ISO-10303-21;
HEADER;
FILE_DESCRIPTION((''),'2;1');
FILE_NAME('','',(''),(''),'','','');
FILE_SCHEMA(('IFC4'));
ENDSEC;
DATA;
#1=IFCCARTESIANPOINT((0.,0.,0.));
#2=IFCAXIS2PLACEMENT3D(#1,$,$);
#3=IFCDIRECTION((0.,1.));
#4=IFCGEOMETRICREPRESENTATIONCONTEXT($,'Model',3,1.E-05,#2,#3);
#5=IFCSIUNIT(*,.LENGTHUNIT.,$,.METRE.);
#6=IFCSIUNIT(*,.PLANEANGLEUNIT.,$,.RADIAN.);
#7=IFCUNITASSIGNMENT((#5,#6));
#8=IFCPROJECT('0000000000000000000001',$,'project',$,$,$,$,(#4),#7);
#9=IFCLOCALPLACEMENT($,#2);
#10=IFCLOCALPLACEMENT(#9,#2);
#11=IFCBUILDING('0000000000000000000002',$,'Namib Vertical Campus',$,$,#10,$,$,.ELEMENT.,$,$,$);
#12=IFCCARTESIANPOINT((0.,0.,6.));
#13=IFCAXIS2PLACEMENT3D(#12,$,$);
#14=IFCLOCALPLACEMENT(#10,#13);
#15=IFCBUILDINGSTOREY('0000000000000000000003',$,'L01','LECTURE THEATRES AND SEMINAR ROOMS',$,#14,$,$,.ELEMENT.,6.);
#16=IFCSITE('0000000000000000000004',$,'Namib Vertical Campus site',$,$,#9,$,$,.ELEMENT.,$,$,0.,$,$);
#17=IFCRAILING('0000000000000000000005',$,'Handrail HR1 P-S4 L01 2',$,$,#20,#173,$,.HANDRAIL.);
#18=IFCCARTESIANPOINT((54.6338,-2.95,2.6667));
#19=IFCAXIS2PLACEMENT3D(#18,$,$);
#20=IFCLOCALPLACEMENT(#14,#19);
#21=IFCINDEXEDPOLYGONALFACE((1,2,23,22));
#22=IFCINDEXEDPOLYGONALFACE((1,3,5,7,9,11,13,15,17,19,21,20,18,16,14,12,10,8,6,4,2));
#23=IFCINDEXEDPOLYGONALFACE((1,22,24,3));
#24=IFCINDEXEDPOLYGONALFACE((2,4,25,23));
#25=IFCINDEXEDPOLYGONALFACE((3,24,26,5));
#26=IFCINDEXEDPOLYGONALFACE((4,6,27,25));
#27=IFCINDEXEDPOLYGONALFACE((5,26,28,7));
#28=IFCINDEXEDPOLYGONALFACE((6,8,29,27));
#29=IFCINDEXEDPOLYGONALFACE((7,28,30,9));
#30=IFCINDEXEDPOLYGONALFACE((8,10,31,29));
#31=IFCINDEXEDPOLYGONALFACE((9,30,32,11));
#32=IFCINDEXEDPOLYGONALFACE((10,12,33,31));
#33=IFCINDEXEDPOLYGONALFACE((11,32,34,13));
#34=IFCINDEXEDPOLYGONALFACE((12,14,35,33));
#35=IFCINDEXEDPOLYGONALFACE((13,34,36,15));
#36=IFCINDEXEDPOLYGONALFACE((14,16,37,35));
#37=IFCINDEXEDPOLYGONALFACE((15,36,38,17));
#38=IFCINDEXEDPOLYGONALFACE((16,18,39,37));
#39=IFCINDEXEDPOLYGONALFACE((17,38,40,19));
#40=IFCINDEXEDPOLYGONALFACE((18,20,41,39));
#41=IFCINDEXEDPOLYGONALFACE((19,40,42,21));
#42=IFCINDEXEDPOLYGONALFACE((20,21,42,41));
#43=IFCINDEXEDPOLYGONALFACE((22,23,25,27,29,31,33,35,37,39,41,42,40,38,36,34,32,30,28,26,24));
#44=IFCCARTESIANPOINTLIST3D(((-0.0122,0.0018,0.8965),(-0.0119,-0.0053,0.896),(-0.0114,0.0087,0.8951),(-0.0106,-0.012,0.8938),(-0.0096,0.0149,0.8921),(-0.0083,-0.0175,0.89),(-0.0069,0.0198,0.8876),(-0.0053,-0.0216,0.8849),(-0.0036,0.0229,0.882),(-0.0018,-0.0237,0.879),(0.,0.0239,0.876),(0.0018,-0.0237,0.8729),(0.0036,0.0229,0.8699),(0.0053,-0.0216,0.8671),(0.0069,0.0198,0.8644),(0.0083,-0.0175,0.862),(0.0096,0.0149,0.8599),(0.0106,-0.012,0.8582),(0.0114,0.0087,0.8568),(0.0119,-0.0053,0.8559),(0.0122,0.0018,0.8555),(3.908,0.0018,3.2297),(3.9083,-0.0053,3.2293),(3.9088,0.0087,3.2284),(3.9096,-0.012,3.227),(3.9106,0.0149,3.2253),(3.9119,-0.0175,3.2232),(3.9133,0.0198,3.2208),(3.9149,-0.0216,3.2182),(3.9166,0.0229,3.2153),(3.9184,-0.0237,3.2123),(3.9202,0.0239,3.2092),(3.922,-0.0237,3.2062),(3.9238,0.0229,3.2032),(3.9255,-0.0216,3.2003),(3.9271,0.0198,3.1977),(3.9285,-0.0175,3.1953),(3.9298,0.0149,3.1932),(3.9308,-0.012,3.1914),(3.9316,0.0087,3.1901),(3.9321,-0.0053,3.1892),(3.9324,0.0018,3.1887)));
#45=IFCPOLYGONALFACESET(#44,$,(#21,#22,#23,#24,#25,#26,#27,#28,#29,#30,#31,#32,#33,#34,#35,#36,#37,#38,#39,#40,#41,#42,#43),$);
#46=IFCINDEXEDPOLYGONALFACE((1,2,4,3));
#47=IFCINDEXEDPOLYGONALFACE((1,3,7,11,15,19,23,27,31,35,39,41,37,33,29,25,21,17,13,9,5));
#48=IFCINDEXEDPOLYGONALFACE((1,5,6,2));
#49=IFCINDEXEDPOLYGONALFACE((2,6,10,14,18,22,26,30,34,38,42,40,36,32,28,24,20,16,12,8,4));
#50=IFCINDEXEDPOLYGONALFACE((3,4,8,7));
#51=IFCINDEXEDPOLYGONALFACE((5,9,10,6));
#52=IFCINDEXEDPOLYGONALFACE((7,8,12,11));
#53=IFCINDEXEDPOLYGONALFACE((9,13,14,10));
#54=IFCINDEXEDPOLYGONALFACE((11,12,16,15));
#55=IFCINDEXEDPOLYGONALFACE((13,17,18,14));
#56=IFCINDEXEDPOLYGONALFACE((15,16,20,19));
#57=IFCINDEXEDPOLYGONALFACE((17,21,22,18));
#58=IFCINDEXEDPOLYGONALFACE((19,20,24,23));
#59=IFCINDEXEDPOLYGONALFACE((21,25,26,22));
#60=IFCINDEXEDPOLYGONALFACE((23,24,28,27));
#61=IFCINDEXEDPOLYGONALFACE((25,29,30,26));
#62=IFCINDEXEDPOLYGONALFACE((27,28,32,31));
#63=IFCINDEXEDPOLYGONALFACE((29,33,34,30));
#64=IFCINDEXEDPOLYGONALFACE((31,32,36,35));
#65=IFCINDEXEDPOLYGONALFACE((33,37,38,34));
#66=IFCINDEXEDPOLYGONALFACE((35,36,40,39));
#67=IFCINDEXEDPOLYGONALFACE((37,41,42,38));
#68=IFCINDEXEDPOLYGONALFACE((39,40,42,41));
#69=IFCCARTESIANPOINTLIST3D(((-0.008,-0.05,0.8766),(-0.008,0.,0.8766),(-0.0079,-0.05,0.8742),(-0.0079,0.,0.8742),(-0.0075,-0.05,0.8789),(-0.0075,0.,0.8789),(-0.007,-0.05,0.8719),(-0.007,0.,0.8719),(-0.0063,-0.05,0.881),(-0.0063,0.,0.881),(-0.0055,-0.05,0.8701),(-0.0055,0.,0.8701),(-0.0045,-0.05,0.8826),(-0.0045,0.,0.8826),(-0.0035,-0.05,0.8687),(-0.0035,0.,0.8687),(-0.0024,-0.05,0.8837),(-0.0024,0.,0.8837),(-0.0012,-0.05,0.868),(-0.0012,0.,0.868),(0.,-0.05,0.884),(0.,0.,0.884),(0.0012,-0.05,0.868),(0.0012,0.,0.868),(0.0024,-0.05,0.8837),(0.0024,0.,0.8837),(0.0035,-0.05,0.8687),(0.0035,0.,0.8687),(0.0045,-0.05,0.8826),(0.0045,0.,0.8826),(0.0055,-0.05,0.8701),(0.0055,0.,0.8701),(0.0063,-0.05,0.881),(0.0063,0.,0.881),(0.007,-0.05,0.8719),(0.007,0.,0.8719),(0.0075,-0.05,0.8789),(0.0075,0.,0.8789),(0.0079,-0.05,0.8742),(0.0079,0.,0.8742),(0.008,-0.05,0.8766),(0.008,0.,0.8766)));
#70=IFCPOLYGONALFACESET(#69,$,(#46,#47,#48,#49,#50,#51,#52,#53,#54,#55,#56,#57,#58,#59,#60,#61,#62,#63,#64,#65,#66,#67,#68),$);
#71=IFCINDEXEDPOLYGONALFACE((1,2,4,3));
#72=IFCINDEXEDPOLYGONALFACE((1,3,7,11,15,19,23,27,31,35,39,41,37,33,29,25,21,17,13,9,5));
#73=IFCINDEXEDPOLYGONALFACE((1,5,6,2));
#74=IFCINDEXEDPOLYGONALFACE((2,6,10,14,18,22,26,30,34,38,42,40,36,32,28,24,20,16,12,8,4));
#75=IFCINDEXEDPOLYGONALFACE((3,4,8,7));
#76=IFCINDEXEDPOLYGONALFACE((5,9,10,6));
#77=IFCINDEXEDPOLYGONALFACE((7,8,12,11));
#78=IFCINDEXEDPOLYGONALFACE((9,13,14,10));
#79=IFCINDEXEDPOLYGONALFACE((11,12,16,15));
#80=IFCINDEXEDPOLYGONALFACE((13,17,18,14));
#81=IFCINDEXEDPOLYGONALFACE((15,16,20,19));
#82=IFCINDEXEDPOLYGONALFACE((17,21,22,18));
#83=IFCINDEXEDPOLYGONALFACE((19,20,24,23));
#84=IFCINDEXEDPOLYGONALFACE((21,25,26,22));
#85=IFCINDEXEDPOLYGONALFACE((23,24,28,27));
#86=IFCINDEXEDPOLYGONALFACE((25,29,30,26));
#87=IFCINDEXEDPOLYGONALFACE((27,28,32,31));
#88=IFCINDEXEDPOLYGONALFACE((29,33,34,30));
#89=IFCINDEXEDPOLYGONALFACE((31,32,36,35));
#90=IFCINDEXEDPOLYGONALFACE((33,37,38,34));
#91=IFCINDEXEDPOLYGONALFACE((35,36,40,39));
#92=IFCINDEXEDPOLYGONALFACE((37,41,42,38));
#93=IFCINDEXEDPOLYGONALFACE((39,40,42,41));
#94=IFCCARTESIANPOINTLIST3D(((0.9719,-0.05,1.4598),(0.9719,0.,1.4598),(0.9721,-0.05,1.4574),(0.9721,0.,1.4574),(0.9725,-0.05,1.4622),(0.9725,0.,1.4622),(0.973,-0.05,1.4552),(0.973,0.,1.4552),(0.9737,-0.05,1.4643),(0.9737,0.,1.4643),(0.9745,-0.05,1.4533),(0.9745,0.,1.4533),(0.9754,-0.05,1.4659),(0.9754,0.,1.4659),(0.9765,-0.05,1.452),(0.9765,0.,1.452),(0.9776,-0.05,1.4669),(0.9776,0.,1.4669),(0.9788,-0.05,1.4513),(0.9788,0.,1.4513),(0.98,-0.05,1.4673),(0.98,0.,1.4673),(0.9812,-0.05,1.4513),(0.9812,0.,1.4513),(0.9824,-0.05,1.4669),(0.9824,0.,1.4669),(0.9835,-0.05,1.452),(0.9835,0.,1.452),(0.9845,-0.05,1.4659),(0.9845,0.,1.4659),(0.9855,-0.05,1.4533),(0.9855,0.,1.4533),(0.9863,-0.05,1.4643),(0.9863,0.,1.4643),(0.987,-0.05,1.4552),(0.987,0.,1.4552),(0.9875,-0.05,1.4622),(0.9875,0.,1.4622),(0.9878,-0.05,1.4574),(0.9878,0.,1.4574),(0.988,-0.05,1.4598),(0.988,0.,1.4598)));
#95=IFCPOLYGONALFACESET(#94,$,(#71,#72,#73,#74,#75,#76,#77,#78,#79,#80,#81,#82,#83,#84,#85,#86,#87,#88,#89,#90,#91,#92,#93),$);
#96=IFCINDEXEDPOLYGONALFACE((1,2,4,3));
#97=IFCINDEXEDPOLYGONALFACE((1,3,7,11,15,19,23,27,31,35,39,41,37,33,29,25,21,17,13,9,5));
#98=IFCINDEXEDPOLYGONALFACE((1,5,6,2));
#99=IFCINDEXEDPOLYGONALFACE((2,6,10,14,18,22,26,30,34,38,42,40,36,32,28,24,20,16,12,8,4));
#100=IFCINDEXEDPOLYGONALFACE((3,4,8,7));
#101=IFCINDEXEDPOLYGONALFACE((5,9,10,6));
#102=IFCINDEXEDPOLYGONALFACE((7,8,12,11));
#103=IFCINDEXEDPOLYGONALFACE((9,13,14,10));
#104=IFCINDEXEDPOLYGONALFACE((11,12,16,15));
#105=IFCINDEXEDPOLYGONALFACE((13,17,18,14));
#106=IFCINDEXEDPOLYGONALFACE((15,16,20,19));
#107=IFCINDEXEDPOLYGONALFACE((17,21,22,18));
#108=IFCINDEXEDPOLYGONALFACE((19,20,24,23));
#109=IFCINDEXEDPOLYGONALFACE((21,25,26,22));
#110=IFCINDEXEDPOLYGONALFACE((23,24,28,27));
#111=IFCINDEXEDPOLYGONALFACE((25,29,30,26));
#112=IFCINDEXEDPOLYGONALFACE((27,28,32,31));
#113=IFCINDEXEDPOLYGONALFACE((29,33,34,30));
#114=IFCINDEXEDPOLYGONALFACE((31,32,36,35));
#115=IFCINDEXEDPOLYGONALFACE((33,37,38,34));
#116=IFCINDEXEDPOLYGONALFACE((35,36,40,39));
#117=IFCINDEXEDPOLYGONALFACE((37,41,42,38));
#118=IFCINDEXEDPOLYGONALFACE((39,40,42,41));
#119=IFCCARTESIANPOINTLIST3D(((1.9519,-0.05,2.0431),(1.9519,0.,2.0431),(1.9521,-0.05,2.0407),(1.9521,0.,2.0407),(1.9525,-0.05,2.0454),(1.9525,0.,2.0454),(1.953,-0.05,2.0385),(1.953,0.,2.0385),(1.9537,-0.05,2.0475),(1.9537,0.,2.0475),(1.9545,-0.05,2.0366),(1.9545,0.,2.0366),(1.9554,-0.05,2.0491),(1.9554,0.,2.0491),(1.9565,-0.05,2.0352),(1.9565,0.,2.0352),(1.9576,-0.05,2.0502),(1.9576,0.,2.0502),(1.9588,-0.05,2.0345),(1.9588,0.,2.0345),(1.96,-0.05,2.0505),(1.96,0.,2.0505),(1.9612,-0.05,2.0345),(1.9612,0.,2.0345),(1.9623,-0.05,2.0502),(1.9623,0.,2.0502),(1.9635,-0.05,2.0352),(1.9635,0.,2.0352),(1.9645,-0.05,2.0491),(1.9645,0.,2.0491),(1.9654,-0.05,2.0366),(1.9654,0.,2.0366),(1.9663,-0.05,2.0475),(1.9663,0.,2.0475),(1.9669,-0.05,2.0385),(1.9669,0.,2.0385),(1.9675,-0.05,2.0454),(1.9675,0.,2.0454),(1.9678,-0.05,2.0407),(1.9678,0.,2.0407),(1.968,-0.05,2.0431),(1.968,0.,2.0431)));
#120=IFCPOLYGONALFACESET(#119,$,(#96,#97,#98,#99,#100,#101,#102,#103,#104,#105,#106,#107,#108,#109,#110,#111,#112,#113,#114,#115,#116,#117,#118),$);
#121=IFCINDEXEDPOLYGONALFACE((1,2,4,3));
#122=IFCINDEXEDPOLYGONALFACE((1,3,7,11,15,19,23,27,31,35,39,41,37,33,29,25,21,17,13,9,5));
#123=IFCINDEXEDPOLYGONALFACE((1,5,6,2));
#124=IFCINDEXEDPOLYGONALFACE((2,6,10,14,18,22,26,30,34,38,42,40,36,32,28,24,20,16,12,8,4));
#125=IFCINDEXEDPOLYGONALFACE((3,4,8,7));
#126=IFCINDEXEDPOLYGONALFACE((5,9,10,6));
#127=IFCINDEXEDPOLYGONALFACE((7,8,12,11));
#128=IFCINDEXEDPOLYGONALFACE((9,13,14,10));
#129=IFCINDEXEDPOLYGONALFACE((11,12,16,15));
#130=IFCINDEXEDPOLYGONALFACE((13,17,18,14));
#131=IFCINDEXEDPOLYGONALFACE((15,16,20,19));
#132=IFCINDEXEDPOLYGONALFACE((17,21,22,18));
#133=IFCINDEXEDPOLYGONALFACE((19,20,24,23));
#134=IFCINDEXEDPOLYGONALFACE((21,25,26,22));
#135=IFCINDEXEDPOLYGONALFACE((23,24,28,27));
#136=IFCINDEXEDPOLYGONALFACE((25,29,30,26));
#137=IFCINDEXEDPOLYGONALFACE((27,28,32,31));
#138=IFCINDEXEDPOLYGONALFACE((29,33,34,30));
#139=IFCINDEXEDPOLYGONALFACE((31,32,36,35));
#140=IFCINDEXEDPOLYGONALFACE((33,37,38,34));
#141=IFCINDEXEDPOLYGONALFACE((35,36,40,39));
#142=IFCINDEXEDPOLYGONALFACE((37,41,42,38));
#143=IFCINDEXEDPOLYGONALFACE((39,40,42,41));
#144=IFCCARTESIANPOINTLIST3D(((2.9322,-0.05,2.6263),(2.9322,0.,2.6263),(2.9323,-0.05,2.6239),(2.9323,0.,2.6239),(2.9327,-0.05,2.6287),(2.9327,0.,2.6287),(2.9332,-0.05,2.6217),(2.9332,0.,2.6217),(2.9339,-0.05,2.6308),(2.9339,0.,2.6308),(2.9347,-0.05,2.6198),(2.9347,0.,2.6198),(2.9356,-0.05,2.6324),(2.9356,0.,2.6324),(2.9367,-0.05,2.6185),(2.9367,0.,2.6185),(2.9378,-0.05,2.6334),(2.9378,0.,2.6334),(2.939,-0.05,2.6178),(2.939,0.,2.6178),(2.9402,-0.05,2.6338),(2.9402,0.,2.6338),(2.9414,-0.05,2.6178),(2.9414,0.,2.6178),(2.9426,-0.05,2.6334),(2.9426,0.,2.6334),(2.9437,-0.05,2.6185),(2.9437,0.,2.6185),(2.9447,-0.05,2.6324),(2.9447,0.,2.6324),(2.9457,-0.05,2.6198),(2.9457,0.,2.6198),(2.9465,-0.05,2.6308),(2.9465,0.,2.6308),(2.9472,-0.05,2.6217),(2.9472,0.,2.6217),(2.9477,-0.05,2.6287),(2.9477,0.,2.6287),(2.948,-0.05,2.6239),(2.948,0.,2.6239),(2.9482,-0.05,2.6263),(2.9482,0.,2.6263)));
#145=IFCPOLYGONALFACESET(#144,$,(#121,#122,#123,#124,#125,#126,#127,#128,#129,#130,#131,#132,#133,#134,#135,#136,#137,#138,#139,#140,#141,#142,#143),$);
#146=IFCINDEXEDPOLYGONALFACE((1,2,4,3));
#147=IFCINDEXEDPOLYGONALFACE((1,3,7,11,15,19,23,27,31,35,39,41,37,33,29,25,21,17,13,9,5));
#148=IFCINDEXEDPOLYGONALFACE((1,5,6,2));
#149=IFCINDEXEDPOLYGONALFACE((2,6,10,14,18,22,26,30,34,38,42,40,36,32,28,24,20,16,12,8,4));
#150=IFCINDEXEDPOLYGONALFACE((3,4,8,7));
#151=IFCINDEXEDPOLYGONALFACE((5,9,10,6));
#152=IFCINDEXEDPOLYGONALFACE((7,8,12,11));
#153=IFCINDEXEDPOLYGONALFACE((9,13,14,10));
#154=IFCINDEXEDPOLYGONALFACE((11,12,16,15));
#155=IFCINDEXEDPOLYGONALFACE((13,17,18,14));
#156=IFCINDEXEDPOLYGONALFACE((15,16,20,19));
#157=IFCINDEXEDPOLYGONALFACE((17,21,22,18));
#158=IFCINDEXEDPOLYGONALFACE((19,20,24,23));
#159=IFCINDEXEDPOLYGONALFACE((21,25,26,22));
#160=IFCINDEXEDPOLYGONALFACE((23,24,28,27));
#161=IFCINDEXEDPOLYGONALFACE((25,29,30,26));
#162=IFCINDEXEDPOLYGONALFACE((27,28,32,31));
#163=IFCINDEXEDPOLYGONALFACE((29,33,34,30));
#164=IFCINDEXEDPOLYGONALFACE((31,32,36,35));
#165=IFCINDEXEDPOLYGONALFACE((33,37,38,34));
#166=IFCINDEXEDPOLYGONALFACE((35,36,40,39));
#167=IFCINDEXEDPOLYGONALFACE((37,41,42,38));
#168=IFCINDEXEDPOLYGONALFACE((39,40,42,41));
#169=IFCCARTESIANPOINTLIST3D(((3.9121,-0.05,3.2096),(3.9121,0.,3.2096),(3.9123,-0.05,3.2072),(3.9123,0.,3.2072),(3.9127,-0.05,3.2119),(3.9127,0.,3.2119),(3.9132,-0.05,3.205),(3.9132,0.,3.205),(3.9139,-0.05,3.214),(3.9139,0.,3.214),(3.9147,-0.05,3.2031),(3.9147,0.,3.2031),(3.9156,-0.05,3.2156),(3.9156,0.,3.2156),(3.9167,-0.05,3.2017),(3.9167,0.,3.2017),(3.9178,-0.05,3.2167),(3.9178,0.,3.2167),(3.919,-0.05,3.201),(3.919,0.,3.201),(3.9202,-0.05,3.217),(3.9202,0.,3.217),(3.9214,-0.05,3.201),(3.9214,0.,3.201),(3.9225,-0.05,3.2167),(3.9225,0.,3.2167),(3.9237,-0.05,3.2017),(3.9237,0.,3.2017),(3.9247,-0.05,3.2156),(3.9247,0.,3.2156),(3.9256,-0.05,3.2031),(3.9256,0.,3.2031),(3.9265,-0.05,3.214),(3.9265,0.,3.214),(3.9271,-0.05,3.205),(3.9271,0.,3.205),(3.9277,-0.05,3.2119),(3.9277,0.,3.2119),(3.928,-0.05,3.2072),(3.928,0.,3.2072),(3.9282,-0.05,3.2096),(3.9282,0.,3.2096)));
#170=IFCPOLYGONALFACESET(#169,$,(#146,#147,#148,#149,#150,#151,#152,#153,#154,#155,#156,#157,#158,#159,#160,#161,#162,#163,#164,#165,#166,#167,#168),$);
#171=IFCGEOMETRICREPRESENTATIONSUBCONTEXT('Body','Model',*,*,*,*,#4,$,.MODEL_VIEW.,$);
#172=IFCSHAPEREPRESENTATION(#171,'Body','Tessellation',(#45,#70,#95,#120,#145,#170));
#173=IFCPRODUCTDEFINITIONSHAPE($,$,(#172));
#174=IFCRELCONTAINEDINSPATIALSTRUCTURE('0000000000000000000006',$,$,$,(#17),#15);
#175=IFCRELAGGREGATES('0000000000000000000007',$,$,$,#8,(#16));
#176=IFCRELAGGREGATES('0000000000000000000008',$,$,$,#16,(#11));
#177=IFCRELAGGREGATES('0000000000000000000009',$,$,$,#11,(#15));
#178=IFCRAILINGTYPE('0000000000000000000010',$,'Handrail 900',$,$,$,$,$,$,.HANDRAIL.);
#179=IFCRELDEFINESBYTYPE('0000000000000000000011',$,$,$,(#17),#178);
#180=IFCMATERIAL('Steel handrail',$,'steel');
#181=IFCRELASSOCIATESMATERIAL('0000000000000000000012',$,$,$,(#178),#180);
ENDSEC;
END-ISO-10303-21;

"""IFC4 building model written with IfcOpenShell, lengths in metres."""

from ifc_helpers import new_model, si_unit, direction, frame, origin, origin_2d, place, context, subcontext, project, spatial, circle, extrude, material, type_object, element, save


model = new_model("IFC4")

# Units and contexts
model_context = context("Model", 3, precision=1e-05, world=origin(), true_north=direction((0.0, 1.0)))
body_context = subcontext(model_context, "Body", "Model", "MODEL_VIEW")
ifc_project = project(units=[si_unit("LENGTHUNIT", "METRE"), si_unit("PLANEANGLEUNIT", "RADIAN")], contexts=[model_context])

# Site, building, storey
site_placement = place(None, origin())
site = spatial("IfcSite", under=ifc_project, at=site_placement, Name="Namib Vertical Campus site", CompositionType="ELEMENT", RefElevation=0.0)
building_placement = place(site_placement, origin())
building = spatial("IfcBuilding", under=site, at=building_placement, Name="Namib Vertical Campus", CompositionType="ELEMENT")
storey_placement = place(building_placement, frame((0.0, 0.0, 6.0)))
storey = spatial("IfcBuildingStorey", under=building, at=storey_placement, Name="L01", Description="LECTURE THEATRES AND SEMINAR ROOMS", CompositionType="ELEMENT", Elevation=6.0)

# Railing
ifc_material_1 = material(Name="Steel handrail", Category="steel")
railing_type_1 = type_object("IfcRailingType", Name="Handrail 900", PredefinedType="HANDRAIL", material=ifc_material_1)
railing_1_placement = place(storey_placement, frame((54.6338, -2.95, 2.6667)))
element("IfcRailing", 1, at=railing_1_placement, inside=storey, type_object=railing_type_1, Name="Handrail HR1 P-S4 L01 2", PredefinedType="HANDRAIL", context=body_context, shape_type="SweptSolid", body=[
    extrude(circle(Radius=0.0239, at=origin_2d()), frame((0.0, 0.0, 0.876), z_axis=(0.85931, 0.0, 0.511455), x_axis=(0.0, 1.0, 0.0)), (0.0, 0.0, 1.0), 4.562),
    extrude(circle(Radius=0.0081, at=origin_2d()), frame((0.0, 0.0, 0.876), z_axis=(0.0, -1.0, 0.0), x_axis=(0.0, 0.0, 1.0)), (0.0, 0.0, 1.0), 0.05),
    extrude(circle(Radius=0.0081, at=origin_2d()), frame((0.98, 0.0, 1.4592), z_axis=(0.0, -1.0, 0.0), x_axis=(0.0, 0.0, 1.0)), (0.0, 0.0, 1.0), 0.05),
    extrude(circle(Radius=0.0081, at=origin_2d()), frame((1.96, 0.0, 2.0425), z_axis=(0.0, -1.0, 0.0), x_axis=(0.0, 0.0, 1.0)), (0.0, 0.0, 1.0), 0.05),
    extrude(circle(Radius=0.0081, at=origin_2d()), frame((2.9402, 0.0, 2.6257), z_axis=(0.0, -1.0, 0.0), x_axis=(0.0, 0.0, 1.0)), (0.0, 0.0, 1.0), 0.05),
    extrude(circle(Radius=0.0081, at=origin_2d()), frame((3.9202, 0.0, 3.209), z_axis=(0.0, -1.0, 0.0), x_axis=(0.0, 0.0, 1.0)), (0.0, 0.0, 1.0), 0.05),
])

save(model, "model.ifc")
